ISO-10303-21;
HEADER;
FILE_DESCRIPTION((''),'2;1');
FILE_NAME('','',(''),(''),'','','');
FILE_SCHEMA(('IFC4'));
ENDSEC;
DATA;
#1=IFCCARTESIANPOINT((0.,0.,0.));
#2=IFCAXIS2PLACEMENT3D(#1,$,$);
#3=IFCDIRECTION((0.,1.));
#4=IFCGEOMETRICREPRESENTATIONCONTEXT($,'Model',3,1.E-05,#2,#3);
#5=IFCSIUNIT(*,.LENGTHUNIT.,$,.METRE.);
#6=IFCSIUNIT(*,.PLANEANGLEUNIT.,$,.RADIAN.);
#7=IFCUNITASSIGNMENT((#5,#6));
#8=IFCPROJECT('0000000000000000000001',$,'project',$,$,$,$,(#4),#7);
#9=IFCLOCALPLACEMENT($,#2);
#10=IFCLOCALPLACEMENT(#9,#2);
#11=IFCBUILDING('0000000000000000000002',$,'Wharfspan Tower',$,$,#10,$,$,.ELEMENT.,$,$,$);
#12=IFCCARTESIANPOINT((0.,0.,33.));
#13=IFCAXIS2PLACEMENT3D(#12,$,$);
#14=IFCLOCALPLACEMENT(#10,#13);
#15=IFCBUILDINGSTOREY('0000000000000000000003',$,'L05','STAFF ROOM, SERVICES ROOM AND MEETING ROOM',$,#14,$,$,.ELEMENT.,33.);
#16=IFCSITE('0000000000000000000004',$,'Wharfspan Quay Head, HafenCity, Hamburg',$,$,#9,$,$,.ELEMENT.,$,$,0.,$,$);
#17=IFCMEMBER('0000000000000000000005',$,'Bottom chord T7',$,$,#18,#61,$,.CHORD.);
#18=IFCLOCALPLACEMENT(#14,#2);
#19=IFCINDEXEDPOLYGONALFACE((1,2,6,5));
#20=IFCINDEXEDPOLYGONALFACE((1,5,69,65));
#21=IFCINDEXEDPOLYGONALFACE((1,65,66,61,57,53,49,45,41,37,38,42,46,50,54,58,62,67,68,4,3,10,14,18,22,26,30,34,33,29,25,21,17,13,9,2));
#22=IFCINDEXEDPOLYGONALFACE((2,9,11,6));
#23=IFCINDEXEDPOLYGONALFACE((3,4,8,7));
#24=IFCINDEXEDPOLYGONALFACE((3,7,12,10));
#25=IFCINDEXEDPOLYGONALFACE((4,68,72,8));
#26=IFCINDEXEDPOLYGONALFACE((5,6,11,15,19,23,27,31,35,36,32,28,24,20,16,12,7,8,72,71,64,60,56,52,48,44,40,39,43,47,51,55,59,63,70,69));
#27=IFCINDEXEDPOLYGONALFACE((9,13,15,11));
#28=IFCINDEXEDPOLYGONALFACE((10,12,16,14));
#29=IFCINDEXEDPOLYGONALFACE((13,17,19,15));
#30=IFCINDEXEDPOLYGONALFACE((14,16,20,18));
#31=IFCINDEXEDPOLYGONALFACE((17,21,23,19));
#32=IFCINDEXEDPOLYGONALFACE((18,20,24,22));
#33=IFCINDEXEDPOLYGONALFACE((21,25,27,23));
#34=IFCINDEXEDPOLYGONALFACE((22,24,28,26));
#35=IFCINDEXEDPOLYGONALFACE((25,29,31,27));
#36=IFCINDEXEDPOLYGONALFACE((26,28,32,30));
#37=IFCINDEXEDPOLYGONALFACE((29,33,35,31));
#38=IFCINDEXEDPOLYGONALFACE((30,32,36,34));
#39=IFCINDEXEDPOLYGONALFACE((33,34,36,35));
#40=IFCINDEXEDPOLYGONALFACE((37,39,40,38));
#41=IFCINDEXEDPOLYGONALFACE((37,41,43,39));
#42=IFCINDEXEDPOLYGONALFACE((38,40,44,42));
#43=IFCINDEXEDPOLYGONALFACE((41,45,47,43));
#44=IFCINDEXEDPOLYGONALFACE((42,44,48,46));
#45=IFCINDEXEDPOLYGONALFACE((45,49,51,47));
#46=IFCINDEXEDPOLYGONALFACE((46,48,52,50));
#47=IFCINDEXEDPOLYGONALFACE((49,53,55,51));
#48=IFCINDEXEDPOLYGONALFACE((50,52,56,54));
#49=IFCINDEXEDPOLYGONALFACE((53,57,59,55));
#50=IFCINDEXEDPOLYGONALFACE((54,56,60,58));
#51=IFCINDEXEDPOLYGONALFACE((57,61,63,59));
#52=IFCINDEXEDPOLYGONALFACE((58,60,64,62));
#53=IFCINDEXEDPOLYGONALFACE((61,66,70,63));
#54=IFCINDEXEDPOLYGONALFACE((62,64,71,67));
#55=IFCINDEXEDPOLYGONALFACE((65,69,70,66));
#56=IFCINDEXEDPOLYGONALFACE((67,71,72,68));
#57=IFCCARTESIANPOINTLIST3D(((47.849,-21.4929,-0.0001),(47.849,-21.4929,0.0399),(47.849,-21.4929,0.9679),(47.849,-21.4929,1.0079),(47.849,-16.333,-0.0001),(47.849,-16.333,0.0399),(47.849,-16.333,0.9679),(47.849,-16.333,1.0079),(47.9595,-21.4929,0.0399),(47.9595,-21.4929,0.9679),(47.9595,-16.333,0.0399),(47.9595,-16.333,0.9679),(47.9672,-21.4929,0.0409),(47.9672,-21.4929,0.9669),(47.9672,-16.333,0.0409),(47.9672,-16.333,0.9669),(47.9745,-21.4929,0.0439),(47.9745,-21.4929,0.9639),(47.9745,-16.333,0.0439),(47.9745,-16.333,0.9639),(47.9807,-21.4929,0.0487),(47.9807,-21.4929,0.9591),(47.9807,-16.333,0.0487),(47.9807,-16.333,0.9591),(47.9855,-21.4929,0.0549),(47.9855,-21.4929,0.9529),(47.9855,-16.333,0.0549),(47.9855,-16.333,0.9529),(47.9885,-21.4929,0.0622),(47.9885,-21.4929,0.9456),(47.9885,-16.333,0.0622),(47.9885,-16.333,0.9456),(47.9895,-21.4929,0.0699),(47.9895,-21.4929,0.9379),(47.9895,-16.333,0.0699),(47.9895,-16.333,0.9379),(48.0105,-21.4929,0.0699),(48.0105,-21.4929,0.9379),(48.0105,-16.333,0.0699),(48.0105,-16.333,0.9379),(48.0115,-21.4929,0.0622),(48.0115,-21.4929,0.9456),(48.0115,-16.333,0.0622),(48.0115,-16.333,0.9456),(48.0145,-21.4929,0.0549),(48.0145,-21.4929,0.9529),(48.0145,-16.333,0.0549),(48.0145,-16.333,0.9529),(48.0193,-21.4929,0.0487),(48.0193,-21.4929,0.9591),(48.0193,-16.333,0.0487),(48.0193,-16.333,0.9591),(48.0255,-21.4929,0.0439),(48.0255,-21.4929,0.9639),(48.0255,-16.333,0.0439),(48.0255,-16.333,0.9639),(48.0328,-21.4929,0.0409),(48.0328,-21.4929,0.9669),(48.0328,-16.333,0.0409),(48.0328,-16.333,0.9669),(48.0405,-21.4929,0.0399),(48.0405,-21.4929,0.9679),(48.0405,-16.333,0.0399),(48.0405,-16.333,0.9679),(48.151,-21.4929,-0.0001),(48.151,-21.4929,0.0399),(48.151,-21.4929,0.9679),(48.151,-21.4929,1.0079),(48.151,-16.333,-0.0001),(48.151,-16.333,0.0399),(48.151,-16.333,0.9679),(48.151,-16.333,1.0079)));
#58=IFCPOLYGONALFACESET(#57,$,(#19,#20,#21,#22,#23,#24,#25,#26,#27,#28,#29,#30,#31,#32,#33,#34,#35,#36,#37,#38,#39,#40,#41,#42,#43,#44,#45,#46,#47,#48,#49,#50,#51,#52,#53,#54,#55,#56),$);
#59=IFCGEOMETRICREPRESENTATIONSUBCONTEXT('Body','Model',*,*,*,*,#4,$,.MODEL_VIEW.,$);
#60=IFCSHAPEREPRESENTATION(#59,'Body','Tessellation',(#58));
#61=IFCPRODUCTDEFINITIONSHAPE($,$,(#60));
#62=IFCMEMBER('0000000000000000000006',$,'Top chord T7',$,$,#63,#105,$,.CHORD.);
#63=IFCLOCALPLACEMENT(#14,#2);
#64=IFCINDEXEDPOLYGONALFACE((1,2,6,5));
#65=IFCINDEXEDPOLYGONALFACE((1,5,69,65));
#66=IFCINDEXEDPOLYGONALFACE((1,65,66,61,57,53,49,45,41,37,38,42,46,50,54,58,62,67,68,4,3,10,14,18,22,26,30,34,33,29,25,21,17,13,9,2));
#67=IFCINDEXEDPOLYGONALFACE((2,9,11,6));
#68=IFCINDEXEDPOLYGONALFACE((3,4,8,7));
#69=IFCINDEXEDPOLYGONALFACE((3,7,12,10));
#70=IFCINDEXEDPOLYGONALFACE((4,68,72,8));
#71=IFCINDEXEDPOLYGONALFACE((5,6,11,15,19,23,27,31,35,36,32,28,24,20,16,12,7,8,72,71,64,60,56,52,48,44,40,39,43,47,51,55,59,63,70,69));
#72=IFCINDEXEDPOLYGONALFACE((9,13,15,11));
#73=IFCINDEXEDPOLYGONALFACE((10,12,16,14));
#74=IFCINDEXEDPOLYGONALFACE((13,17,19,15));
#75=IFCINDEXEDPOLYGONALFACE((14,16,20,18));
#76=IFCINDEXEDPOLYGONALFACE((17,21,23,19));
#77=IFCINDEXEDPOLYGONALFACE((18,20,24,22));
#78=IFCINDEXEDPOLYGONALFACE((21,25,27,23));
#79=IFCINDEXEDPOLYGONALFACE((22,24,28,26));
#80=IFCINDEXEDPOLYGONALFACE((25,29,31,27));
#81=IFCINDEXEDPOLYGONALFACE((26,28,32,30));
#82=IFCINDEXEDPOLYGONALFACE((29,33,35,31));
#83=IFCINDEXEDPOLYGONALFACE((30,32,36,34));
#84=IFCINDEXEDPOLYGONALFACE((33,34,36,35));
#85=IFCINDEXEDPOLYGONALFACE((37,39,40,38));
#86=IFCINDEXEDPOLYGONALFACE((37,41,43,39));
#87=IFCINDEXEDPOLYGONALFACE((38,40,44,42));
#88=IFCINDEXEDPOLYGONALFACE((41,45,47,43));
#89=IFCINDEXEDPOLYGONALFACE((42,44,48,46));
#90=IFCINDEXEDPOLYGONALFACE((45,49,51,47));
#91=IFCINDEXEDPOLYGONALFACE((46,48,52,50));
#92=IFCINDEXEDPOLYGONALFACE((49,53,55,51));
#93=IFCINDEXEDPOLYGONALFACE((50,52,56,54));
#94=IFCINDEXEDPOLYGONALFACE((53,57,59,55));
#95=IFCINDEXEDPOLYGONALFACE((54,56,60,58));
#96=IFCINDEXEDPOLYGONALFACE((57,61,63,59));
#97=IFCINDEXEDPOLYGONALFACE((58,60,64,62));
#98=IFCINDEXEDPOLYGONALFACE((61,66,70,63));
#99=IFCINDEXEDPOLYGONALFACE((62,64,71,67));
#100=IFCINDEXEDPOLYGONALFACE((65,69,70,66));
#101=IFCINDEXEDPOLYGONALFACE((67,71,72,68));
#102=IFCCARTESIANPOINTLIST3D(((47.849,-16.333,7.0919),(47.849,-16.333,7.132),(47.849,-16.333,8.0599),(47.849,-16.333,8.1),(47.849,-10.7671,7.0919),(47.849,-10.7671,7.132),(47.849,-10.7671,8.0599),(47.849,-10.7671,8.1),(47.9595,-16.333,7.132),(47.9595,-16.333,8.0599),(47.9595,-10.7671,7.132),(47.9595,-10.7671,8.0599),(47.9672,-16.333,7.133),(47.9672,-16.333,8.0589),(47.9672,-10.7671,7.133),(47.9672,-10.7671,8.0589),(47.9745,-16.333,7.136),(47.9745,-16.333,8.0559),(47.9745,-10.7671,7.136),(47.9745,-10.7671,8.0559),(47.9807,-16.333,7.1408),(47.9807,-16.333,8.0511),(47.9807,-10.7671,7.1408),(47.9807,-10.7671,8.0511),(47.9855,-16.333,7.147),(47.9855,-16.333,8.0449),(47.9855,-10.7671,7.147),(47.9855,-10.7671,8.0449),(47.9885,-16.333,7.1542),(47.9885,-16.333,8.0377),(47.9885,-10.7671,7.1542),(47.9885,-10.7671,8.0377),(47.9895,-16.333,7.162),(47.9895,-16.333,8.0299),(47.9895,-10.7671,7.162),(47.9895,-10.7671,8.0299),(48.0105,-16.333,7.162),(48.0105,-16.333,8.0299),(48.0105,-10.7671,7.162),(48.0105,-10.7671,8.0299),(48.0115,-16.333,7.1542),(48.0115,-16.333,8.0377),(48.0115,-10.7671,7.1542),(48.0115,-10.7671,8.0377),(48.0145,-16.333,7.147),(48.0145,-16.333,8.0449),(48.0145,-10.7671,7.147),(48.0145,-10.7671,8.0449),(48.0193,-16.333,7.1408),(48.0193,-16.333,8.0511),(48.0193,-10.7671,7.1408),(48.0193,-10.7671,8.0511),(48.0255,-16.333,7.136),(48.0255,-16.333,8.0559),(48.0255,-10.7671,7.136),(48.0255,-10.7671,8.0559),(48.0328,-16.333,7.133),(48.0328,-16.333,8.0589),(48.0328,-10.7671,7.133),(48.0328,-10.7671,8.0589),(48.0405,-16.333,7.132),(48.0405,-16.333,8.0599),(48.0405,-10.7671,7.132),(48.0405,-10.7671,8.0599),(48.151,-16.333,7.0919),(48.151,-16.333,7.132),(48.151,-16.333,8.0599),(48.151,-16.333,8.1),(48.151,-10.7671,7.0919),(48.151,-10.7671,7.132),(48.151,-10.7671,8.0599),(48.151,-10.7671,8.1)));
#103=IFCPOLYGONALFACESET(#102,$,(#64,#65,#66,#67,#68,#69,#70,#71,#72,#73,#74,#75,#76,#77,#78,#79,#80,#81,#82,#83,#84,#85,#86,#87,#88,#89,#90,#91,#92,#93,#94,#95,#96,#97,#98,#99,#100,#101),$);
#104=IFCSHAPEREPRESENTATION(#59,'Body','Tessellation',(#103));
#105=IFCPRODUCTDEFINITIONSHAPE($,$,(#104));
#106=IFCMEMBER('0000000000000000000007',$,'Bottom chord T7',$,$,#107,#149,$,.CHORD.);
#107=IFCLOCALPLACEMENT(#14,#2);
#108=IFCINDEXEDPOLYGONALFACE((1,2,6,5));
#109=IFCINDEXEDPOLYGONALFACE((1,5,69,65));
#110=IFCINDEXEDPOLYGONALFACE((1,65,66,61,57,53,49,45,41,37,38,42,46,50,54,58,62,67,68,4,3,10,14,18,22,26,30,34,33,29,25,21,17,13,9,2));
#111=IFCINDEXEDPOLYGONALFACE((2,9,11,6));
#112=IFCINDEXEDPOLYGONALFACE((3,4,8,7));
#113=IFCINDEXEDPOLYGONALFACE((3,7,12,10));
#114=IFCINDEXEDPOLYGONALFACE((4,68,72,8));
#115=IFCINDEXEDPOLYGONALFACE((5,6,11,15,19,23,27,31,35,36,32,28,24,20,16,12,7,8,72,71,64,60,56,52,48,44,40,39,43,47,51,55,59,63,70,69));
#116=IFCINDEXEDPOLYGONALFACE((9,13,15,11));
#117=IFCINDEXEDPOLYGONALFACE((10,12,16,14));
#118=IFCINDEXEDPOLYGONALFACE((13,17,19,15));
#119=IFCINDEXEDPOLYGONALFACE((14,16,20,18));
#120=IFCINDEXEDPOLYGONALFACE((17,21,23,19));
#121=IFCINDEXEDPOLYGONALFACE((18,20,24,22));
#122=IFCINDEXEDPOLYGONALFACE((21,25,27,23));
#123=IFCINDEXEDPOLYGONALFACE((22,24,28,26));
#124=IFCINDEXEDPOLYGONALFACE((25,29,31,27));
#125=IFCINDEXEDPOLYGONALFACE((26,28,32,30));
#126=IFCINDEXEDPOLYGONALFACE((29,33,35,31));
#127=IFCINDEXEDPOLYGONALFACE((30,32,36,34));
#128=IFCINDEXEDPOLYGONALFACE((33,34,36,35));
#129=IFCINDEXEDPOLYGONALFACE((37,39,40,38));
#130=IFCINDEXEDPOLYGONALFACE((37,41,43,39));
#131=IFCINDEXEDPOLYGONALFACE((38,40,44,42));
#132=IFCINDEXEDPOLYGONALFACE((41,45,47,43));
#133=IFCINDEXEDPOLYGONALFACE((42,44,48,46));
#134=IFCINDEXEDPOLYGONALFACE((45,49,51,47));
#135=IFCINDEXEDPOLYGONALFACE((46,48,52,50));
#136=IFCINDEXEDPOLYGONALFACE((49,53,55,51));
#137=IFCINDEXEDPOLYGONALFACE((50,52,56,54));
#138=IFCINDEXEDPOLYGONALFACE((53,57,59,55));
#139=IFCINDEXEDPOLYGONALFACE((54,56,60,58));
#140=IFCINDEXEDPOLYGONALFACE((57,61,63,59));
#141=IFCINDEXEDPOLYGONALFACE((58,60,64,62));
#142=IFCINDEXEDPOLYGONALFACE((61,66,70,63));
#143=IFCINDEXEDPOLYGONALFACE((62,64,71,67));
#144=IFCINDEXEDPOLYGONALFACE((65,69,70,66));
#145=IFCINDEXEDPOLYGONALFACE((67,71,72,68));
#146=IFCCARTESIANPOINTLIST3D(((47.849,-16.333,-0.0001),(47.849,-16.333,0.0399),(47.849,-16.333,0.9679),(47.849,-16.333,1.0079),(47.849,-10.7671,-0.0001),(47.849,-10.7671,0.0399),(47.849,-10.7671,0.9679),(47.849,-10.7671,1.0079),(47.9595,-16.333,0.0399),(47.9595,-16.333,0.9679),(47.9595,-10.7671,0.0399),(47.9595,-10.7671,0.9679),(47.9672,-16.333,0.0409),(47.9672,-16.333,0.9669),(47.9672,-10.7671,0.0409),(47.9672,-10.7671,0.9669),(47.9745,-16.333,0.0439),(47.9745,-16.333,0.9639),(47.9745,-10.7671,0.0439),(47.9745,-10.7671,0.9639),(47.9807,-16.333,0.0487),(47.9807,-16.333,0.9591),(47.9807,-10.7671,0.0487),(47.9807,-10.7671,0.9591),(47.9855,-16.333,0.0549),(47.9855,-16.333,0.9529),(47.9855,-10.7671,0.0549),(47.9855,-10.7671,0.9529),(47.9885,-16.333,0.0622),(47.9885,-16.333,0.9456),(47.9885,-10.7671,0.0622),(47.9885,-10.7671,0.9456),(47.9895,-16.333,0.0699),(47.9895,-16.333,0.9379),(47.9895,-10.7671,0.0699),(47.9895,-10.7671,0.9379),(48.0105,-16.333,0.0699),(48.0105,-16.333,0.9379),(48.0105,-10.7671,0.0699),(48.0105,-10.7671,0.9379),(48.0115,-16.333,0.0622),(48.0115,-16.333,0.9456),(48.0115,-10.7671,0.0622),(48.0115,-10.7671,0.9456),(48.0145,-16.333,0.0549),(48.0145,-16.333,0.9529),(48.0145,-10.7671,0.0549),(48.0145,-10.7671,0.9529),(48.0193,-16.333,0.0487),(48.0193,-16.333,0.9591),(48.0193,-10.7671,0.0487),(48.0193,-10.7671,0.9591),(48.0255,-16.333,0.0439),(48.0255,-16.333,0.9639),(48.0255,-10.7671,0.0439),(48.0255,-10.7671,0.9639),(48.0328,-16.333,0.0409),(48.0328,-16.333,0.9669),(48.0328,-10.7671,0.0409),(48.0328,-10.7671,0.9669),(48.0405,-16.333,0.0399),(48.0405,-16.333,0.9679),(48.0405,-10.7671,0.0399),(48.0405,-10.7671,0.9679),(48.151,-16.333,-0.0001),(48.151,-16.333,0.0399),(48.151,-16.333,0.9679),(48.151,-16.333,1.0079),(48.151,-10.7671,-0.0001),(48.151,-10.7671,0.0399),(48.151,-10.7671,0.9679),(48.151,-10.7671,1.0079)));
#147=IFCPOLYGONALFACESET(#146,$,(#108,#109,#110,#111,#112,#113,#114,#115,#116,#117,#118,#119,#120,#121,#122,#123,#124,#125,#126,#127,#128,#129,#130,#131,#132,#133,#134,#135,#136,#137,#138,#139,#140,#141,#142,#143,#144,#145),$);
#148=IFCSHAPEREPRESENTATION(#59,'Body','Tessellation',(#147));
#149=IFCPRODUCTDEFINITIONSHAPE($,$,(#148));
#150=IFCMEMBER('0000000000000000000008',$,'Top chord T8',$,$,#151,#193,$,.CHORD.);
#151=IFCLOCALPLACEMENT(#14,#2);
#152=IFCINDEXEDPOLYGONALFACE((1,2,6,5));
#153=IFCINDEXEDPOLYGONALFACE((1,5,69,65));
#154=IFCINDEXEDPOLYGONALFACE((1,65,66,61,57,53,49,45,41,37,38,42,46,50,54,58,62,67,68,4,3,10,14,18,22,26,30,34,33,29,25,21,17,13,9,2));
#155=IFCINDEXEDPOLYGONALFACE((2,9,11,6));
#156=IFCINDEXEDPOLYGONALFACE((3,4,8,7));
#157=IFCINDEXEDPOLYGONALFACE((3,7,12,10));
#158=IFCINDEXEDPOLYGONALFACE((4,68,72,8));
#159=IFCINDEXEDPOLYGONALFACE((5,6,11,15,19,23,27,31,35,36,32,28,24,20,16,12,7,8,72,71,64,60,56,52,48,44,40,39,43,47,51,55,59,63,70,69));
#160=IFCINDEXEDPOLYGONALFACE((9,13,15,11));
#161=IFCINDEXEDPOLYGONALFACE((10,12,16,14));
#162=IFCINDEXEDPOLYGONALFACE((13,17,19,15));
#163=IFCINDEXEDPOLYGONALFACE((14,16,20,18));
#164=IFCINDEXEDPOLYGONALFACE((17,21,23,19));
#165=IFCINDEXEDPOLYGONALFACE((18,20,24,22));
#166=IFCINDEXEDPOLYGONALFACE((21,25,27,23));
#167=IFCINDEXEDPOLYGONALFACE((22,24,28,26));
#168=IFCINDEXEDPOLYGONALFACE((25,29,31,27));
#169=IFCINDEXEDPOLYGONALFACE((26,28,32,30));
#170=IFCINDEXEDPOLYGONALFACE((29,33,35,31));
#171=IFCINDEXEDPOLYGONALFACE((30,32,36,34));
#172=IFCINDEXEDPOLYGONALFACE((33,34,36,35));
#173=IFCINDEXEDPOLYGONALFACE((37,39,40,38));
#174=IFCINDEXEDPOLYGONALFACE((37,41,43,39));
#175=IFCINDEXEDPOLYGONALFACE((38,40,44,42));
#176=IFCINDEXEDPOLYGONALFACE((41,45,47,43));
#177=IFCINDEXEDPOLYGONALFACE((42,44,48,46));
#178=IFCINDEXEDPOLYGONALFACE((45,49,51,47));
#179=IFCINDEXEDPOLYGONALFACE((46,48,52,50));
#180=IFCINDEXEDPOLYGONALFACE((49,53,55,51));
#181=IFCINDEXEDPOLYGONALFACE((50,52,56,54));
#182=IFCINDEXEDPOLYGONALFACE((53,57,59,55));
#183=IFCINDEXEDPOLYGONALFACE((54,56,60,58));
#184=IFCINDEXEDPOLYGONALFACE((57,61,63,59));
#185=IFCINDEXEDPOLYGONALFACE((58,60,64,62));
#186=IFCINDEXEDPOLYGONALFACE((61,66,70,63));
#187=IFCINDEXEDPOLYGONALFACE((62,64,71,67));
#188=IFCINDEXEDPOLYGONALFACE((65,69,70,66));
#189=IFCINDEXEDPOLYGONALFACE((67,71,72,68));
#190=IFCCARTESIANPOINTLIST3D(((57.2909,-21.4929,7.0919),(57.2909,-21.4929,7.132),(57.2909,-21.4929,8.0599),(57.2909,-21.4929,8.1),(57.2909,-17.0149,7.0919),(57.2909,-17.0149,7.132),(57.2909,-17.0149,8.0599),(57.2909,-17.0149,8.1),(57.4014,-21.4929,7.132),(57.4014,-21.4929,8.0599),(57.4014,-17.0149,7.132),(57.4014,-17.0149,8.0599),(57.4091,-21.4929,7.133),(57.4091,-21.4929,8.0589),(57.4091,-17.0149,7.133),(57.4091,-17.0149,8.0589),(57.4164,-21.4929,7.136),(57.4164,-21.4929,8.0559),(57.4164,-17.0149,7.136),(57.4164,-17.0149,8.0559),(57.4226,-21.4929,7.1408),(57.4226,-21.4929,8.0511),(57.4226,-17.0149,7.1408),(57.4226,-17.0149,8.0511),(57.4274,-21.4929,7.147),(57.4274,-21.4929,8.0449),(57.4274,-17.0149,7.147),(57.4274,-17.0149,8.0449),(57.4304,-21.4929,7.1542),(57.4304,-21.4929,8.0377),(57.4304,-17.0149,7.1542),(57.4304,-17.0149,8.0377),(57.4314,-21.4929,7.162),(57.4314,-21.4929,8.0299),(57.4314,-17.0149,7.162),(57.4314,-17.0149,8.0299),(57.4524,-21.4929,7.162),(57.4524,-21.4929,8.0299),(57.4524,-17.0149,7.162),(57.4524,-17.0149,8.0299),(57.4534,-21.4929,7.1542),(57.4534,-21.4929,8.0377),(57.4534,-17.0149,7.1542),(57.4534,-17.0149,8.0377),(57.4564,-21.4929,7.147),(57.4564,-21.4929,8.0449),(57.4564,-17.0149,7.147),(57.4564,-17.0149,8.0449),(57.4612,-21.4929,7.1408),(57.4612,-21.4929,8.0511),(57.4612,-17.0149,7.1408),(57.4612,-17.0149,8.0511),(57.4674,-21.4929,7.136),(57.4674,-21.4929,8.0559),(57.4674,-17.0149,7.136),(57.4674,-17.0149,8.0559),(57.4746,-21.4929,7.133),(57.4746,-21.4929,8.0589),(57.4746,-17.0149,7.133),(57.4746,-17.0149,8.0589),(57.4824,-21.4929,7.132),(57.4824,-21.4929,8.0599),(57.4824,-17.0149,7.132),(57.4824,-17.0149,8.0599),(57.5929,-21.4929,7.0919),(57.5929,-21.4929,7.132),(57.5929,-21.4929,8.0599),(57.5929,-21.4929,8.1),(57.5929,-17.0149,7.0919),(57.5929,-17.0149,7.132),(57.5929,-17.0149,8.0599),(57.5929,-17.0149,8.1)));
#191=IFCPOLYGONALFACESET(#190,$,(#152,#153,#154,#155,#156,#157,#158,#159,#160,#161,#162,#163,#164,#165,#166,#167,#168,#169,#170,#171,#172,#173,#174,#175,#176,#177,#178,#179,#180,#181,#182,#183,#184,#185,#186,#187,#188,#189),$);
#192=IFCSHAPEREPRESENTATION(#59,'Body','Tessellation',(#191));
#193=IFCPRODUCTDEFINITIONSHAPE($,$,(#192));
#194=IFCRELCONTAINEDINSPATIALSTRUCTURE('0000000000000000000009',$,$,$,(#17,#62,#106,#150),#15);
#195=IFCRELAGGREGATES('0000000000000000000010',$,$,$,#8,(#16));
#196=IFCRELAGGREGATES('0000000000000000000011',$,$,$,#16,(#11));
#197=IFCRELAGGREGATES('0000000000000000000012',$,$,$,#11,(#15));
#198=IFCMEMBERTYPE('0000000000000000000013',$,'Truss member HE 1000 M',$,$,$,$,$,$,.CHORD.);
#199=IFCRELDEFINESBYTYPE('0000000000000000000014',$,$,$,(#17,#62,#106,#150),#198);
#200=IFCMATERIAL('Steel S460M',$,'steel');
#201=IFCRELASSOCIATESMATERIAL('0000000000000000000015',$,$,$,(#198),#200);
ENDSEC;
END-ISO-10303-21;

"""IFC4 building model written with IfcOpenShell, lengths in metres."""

from ifc_helpers import new_model, si_unit, direction, frame, origin, origin_2d, place, context, subcontext, project, spatial, i_section, extrude, material, material_profile, profile_set, type_object, element, save


model = new_model("IFC4")

# Units and contexts
model_context = context("Model", 3, precision=1e-05, world=origin(), true_north=direction((0.0, 1.0)))
body_context = subcontext(model_context, "Body", "Model", "MODEL_VIEW")
ifc_project = project(units=[si_unit("LENGTHUNIT", "METRE"), si_unit("PLANEANGLEUNIT", "RADIAN")], contexts=[model_context])

# Site, building, storey
site_placement = place(None, origin())
site = spatial("IfcSite", under=ifc_project, at=site_placement, Name="Wharfspan Quay Head, HafenCity, Hamburg", CompositionType="ELEMENT", RefElevation=0.0)
building_placement = place(site_placement, origin())
building = spatial("IfcBuilding", under=site, at=building_placement, Name="Wharfspan Tower", CompositionType="ELEMENT")
storey_placement = place(building_placement, frame((0.0, 0.0, 33.0)))
storey = spatial("IfcBuildingStorey", under=building, at=storey_placement, Name="L05", Description="STAFF ROOM, SERVICES ROOM AND MEETING ROOM", CompositionType="ELEMENT", Elevation=33.0)

# Members
ifc_material_1 = material(Name="Steel S460M", Category="steel")
ifc_material_profile_1 = material_profile(ifc_material_1, i_section(OverallWidth=0.302, OverallDepth=1.0081, WebThickness=0.021, FlangeThickness=0.04, FilletRadius=0.03, at=origin_2d()))
ifc_profile_set_1 = profile_set([ifc_material_profile_1], Name="Steel S460M")
member_type_1 = type_object("IfcMemberType", Name="Truss member HE 1000 M", PredefinedType="CHORD", material=ifc_profile_set_1)
for number, where, z_axis, x_axis, name in (
    (1, (48.0, -21.4929, 0.5039), (0.0, 1.0, 0.0), (-1.0, 0.0, 0.0), "Bottom chord T7"),
):
    element("IfcMember", number, at=place(storey_placement, frame(where, z_axis=z_axis, x_axis=x_axis)), inside=storey, type_object=member_type_1, Name=name, PredefinedType="CHORD", context=body_context, shape_type="SweptSolid", body=[
        extrude(i_section(OverallWidth=0.302, OverallDepth=1.0081, WebThickness=0.021, FlangeThickness=0.04, FilletRadius=0.03, at=origin_2d()), origin(), (0.0, 0.0, 1.0), 5.1599),
    ])
for number, where, z_axis, x_axis, name in (
    (2, (48.0, -16.333, 7.5959), (0.0, 1.0, 0.0), (-1.0, 0.0, 0.0), "Top chord T7"),
    (3, (48.0, -16.333, 0.5039), (0.0, 1.0, 0.0), (-1.0, 0.0, 0.0), "Bottom chord T7"),
):
    element("IfcMember", number, at=place(storey_placement, frame(where, z_axis=z_axis, x_axis=x_axis)), inside=storey, type_object=member_type_1, Name=name, PredefinedType="CHORD", context=body_context, shape_type="SweptSolid", body=[
        extrude(i_section(OverallWidth=0.302, OverallDepth=1.0081, WebThickness=0.021, FlangeThickness=0.04, FilletRadius=0.03, at=origin_2d()), origin(), (0.0, 0.0, 1.0), 5.5659),
    ])
for number, where, z_axis, x_axis, name in (
    (4, (57.4419, -21.4929, 7.5959), (0.0, 1.0, 0.0), (-1.0, 0.0, 0.0), "Top chord T8"),
):
    element("IfcMember", number, at=place(storey_placement, frame(where, z_axis=z_axis, x_axis=x_axis)), inside=storey, type_object=member_type_1, Name=name, PredefinedType="CHORD", context=body_context, shape_type="SweptSolid", body=[
        extrude(i_section(OverallWidth=0.302, OverallDepth=1.0081, WebThickness=0.021, FlangeThickness=0.04, FilletRadius=0.03, at=origin_2d()), origin(), (0.0, 0.0, 1.0), 4.478),
    ])

save(model, "model.ifc")
